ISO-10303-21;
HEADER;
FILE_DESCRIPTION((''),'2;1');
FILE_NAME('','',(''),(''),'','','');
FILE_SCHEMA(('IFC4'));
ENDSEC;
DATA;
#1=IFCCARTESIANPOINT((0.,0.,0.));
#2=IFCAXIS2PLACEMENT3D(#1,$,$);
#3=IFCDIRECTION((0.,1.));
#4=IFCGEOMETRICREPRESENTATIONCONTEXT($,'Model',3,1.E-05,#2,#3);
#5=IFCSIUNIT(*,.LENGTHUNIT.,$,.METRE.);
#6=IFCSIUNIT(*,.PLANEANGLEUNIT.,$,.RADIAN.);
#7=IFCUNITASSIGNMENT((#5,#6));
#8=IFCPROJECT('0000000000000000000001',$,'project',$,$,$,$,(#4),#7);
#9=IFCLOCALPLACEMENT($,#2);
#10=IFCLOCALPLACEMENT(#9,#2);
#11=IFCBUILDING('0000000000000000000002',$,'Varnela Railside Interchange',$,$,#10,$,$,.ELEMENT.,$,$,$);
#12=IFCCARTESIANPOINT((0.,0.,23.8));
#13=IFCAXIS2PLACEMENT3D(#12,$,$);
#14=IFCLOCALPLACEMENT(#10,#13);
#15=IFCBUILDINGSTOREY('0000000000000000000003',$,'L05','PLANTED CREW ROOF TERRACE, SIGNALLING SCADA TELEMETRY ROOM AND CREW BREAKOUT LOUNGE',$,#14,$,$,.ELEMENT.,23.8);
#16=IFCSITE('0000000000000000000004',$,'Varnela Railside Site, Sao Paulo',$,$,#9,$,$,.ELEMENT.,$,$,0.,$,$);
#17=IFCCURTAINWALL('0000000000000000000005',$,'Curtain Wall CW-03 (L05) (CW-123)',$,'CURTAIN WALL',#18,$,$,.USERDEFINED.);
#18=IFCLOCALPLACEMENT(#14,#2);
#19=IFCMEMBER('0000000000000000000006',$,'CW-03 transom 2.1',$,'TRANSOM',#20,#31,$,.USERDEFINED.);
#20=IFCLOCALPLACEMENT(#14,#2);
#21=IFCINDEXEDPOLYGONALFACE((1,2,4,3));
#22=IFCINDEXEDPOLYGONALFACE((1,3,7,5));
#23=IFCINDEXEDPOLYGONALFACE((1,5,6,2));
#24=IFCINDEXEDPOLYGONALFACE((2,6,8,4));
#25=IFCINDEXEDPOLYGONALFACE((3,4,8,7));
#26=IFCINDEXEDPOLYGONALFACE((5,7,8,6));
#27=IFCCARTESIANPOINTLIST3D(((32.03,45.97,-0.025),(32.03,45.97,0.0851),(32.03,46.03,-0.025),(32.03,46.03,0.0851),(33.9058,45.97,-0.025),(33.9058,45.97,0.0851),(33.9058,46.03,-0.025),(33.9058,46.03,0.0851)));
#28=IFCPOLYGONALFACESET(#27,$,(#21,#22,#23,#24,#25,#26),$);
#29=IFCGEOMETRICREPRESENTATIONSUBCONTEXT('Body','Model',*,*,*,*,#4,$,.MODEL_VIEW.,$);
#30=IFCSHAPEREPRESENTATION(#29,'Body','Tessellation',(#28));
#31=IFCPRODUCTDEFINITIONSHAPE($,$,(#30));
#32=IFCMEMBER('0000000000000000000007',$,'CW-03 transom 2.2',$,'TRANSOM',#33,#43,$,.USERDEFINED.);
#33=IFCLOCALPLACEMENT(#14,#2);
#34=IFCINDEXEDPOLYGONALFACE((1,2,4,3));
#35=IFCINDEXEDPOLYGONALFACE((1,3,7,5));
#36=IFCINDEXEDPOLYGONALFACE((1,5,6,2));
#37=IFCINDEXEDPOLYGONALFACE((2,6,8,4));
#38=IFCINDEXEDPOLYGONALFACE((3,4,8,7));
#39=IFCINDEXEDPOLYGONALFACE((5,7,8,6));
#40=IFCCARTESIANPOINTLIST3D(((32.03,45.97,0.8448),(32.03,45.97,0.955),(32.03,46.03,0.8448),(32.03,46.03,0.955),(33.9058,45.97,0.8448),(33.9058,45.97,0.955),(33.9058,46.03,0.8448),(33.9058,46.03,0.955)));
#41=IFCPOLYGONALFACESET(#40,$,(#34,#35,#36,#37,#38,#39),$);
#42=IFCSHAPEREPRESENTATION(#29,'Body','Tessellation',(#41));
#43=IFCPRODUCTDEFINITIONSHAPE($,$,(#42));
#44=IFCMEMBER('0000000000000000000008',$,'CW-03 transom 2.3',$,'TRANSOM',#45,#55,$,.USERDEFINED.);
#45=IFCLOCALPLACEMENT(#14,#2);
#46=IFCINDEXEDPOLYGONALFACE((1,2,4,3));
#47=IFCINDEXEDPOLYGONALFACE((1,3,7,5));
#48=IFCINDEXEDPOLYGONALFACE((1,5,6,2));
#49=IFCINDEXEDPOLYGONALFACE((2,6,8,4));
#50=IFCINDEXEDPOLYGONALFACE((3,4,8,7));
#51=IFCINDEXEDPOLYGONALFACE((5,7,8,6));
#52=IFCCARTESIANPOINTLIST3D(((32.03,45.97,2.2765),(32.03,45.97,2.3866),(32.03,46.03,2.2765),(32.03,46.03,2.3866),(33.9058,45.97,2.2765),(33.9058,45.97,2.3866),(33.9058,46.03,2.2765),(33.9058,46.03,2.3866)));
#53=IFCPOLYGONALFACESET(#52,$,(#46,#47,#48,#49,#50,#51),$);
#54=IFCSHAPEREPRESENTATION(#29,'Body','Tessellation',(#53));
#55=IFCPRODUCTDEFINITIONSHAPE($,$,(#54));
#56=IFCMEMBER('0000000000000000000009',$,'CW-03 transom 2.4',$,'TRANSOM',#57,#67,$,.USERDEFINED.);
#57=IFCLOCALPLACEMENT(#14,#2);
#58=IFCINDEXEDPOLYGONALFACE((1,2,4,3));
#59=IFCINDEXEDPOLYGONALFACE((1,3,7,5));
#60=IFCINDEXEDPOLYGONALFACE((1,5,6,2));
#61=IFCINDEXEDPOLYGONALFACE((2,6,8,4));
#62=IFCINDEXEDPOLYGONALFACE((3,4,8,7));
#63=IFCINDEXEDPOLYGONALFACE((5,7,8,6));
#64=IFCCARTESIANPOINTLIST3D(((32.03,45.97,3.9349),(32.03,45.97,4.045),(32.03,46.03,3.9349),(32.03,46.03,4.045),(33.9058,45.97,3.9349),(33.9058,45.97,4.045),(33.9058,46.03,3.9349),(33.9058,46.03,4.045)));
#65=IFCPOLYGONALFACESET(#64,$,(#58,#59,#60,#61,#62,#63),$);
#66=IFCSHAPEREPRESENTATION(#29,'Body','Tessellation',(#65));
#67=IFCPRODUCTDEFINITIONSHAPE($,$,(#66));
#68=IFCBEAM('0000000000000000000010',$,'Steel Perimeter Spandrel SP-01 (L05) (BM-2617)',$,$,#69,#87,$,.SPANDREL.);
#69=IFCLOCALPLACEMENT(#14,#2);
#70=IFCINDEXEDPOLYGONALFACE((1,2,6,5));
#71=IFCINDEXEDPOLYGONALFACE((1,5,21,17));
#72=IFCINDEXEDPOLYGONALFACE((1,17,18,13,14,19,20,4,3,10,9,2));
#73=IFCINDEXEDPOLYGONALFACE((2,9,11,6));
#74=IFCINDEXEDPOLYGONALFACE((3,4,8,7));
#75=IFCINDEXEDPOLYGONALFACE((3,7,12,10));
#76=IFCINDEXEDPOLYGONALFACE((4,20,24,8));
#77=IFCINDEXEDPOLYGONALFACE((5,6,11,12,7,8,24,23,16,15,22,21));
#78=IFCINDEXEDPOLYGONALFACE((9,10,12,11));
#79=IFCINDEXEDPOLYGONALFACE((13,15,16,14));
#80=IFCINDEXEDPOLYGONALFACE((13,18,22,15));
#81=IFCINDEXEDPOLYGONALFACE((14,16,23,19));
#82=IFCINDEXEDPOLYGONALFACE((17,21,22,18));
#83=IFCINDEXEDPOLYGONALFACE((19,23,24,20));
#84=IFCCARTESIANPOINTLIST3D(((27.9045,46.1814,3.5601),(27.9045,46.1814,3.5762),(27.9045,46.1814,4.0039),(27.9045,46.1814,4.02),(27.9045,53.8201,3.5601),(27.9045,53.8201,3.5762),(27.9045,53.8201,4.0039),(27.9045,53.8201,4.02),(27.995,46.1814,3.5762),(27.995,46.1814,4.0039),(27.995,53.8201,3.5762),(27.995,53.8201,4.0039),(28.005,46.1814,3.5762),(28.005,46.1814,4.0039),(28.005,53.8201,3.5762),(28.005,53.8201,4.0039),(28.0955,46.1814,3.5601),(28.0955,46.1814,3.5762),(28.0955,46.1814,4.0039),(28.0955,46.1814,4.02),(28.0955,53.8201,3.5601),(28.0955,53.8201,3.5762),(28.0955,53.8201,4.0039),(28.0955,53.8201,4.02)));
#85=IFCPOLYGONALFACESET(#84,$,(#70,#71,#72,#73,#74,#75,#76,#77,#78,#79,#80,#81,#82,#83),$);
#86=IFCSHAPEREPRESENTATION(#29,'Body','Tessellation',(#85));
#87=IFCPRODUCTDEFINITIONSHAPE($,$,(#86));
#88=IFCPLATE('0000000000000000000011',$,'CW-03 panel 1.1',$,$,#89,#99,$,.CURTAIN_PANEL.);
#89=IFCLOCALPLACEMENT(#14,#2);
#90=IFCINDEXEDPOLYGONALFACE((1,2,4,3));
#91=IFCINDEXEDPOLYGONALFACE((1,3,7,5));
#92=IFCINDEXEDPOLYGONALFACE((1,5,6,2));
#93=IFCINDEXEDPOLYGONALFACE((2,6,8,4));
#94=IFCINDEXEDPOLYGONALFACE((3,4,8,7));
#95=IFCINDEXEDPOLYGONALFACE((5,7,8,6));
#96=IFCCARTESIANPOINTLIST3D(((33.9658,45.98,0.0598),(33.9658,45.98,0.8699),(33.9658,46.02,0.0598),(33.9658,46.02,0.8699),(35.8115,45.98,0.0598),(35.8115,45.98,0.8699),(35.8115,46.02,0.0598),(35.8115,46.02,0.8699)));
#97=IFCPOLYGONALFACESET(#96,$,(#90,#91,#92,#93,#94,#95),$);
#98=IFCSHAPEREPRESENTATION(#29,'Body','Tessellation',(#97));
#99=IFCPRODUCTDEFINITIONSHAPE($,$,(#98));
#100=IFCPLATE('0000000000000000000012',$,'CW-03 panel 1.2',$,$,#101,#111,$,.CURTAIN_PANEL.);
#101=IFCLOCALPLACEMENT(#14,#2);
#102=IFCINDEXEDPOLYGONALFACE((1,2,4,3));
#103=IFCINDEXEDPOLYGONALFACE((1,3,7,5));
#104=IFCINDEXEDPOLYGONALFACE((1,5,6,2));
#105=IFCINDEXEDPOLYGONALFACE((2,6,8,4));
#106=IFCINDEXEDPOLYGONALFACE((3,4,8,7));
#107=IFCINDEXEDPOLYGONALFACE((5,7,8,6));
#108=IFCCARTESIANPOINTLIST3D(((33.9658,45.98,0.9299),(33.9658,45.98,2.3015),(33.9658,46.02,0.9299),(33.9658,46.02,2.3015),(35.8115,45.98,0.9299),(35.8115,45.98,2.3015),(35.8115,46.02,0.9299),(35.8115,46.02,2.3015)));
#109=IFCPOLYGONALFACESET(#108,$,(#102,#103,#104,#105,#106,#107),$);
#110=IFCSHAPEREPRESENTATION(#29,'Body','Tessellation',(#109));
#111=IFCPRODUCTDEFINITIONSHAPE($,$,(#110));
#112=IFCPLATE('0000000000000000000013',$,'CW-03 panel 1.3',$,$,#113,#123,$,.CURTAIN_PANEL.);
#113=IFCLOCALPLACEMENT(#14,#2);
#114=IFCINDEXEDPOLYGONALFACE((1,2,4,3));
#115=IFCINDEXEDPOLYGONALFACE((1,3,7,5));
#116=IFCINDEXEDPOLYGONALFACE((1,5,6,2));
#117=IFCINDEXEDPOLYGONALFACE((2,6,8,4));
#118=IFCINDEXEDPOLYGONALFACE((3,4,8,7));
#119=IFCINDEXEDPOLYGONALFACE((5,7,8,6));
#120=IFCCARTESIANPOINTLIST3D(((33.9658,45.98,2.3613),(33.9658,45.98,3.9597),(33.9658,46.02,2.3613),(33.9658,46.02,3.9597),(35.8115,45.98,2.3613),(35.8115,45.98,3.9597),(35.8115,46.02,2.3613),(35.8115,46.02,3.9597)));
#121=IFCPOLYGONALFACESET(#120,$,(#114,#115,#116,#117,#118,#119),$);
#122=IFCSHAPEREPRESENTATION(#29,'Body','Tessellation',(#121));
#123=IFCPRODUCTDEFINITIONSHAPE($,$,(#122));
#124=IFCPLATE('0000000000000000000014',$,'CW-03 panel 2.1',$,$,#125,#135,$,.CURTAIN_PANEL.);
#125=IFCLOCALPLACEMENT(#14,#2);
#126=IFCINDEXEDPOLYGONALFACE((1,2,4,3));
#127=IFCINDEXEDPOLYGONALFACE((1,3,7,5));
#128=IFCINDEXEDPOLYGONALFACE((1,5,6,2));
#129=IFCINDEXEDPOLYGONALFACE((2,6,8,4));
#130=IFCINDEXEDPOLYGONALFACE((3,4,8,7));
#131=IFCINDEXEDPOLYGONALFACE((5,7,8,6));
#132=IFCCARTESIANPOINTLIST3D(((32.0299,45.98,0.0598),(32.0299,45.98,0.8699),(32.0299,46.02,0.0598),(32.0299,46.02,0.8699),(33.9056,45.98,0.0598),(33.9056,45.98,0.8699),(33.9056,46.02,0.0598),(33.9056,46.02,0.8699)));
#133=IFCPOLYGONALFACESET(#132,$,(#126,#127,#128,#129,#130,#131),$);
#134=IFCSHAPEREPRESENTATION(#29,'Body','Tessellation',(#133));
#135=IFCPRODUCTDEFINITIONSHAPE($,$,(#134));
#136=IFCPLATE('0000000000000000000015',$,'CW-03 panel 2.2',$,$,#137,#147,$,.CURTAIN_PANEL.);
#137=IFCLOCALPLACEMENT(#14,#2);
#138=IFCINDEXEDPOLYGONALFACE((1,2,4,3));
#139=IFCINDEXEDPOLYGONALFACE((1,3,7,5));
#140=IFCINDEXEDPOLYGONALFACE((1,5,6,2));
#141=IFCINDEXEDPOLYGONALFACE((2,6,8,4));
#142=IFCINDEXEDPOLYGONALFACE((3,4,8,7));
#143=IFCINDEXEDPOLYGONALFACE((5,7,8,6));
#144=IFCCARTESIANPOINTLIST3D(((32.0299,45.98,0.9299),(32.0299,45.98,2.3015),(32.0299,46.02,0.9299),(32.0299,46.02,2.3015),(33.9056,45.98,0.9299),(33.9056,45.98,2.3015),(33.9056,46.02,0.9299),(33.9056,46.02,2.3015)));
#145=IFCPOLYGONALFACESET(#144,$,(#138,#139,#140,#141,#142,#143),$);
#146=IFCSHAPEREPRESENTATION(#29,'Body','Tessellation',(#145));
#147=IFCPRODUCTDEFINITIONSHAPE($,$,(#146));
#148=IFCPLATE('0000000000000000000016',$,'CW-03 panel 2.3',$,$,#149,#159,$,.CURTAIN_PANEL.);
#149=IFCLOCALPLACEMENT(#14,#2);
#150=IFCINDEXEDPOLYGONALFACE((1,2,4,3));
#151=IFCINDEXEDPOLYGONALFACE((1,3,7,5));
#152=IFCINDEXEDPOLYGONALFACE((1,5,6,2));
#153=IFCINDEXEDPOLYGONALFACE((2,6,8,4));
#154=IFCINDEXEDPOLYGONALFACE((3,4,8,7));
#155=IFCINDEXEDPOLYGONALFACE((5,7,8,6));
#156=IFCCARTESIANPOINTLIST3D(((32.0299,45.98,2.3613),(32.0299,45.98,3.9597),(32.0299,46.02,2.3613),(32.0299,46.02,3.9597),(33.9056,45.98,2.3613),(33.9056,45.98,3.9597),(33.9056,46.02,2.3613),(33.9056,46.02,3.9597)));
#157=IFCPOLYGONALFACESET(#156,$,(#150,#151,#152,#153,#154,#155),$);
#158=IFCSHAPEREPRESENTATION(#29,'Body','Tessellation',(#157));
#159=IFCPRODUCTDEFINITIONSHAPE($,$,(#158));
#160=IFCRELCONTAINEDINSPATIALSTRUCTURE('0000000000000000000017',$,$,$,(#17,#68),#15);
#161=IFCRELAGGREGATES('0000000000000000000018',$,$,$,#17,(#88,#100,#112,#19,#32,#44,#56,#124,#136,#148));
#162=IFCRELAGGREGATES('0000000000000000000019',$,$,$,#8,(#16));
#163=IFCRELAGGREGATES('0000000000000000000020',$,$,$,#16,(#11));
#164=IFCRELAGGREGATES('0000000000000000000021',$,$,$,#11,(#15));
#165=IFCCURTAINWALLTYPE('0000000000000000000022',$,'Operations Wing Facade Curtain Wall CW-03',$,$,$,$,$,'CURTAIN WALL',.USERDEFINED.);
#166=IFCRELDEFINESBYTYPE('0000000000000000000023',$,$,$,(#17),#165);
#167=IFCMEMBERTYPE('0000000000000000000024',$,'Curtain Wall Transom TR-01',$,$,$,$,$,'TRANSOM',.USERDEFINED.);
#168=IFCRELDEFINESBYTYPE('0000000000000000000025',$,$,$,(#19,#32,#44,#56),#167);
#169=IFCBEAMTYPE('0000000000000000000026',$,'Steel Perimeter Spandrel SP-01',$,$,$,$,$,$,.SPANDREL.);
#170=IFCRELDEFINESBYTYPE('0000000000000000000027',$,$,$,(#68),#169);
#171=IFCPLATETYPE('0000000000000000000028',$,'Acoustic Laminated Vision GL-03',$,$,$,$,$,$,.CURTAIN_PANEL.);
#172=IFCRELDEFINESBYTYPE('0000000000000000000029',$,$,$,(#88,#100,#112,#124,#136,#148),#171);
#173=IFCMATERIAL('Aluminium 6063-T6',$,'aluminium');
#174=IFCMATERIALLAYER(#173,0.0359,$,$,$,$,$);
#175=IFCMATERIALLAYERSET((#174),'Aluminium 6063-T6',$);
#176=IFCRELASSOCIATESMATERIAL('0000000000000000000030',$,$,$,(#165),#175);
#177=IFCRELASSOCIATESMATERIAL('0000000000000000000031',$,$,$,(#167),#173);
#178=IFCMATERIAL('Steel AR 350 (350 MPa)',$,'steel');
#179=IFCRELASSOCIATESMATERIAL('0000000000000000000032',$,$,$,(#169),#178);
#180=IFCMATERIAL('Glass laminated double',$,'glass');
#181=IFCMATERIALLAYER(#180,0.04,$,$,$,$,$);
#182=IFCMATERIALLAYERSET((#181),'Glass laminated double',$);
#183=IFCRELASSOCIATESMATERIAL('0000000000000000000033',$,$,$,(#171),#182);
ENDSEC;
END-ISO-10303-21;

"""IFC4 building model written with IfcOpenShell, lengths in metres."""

from ifc_helpers import new_model, si_unit, direction, frame, origin, origin_2d, place, context, subcontext, project, spatial, rectangle, i_section, extrude, material, layer, layer_set, material_profile, profile_set, type_object, element, aggregate, save


model = new_model("IFC4")

# Units and contexts
model_context = context("Model", 3, precision=1e-05, world=origin(), true_north=direction((0.0, 1.0)))
body_context = subcontext(model_context, "Body", "Model", "MODEL_VIEW")
ifc_project = project(units=[si_unit("LENGTHUNIT", "METRE"), si_unit("PLANEANGLEUNIT", "RADIAN")], contexts=[model_context])

# Site, building, storey
site_placement = place(None, origin())
site = spatial("IfcSite", under=ifc_project, at=site_placement, Name="Varnela Railside Site, Sao Paulo", CompositionType="ELEMENT", RefElevation=0.0)
building_placement = place(site_placement, origin())
building = spatial("IfcBuilding", under=site, at=building_placement, Name="Varnela Railside Interchange", CompositionType="ELEMENT")
storey_placement = place(building_placement, frame((0.0, 0.0, 23.8)))
storey = spatial("IfcBuildingStorey", under=building, at=storey_placement, Name="L05", Description="PLANTED CREW ROOF TERRACE, SIGNALLING SCADA TELEMETRY ROOM AND CREW BREAKOUT LOUNGE", CompositionType="ELEMENT", Elevation=23.8)

# Shared definitions
ifc_material_1 = material(Name="Steel AR 350 (350 MPa)", Category="steel")

# Curtain wall, members
ifc_material_2 = material(Name="Aluminium 6063-T6", Category="aluminium")
ifc_layer_1 = layer(ifc_material_2, 0.0359)
ifc_layer_set_1 = layer_set([ifc_layer_1], Name="Aluminium 6063-T6")
curtain_wall_type = type_object("IfcCurtainWallType", Name="Operations Wing Facade Curtain Wall CW-03", ElementType="CURTAIN WALL", PredefinedType="USERDEFINED", material=ifc_layer_set_1)
curtain_wall_placement = place(storey_placement, origin())
curtain_wall = element("IfcCurtainWall", 1, at=curtain_wall_placement, inside=storey, type_object=curtain_wall_type, Name="Curtain Wall CW-03 (L05) (CW-123)", ObjectType="CURTAIN WALL", PredefinedType="USERDEFINED")
ifc_material_profile_1 = material_profile(ifc_material_2, rectangle(XDim=0.0601, YDim=0.1101, at=origin_2d()), Name="ALU 60x110")
ifc_profile_set_1 = profile_set([ifc_material_profile_1], Name="Aluminium 6063-T6")
member_type_1 = type_object("IfcMemberType", Name="Curtain Wall Transom TR-01", ElementType="TRANSOM", PredefinedType="USERDEFINED", material=ifc_profile_set_1)
member_1_placement = place(storey_placement, frame((33.9058, 46.0, 0.03), z_axis=(-1.0, 0.0, 0.0), x_axis=(0.0, -1.0, 0.0)))
member_1 = element("IfcMember", 2, at=member_1_placement, type_object=member_type_1, Name="CW-03 transom 2.1", ObjectType="TRANSOM", PredefinedType="USERDEFINED", context=body_context, shape_type="SweptSolid", body=[
    extrude(rectangle(XDim=0.0601, YDim=0.1101, at=origin_2d()), origin(), (0.0, 0.0, 1.0), 1.8757),
])
member_2_placement = place(storey_placement, frame((33.9058, 46.0, 0.8999), z_axis=(-1.0, 0.0, 0.0), x_axis=(0.0, -1.0, 0.0)))
member_2 = element("IfcMember", 3, at=member_2_placement, type_object=member_type_1, Name="CW-03 transom 2.2", ObjectType="TRANSOM", PredefinedType="USERDEFINED", context=body_context, shape_type="SweptSolid", body=[
    extrude(rectangle(XDim=0.0601, YDim=0.1101, at=origin_2d()), origin(), (0.0, 0.0, 1.0), 1.8757),
])
member_3_placement = place(storey_placement, frame((33.9058, 46.0, 2.3315), z_axis=(-1.0, 0.0, 0.0), x_axis=(0.0, -1.0, 0.0)))
member_3 = element("IfcMember", 4, at=member_3_placement, type_object=member_type_1, Name="CW-03 transom 2.3", ObjectType="TRANSOM", PredefinedType="USERDEFINED", context=body_context, shape_type="SweptSolid", body=[
    extrude(rectangle(XDim=0.0601, YDim=0.1101, at=origin_2d()), origin(), (0.0, 0.0, 1.0), 1.8757),
])
member_4_placement = place(storey_placement, frame((33.9058, 46.0, 3.99), z_axis=(-1.0, 0.0, 0.0), x_axis=(0.0, -1.0, 0.0)))
member_4 = element("IfcMember", 5, at=member_4_placement, type_object=member_type_1, Name="CW-03 transom 2.4", ObjectType="TRANSOM", PredefinedType="USERDEFINED", context=body_context, shape_type="SweptSolid", body=[
    extrude(rectangle(XDim=0.0601, YDim=0.1101, at=origin_2d()), origin(), (0.0, 0.0, 1.0), 1.8757),
])

# Beam
ifc_material_profile_2 = material_profile(ifc_material_1, i_section(OverallWidth=0.1909, OverallDepth=0.46, WebThickness=0.01, FlangeThickness=0.0161, at=origin_2d()), Name="W460x82")
ifc_profile_set_2 = profile_set([ifc_material_profile_2], Name="Steel AR 350 (350 MPa)")
beam_type_1 = type_object("IfcBeamType", Name="Steel Perimeter Spandrel SP-01", PredefinedType="SPANDREL", material=ifc_profile_set_2)
beam_placement = place(storey_placement, frame((28.0, 46.1814, 3.79), z_axis=(0.0, 1.0, 0.0), x_axis=(-1.0, 0.0, 0.0)))
element("IfcBeam", 6, at=beam_placement, inside=storey, type_object=beam_type_1, Name="Steel Perimeter Spandrel SP-01 (L05) (BM-2617)", PredefinedType="SPANDREL", context=body_context, shape_type="SweptSolid", body=[
    extrude(i_section(OverallWidth=0.1909, OverallDepth=0.46, WebThickness=0.01, FlangeThickness=0.0161, at=origin_2d()), origin(), (0.0, 0.0, 1.0), 7.6387),
])

# Plates
ifc_material_3 = material(Name="Glass laminated double", Category="glass")
ifc_layer_2 = layer(ifc_material_3, 0.04)
ifc_layer_set_2 = layer_set([ifc_layer_2], Name="Glass laminated double")
plate_type = type_object("IfcPlateType", Name="Acoustic Laminated Vision GL-03", PredefinedType="CURTAIN_PANEL", material=ifc_layer_set_2)
plate_1_placement = place(storey_placement, frame((34.8887, 46.0, 0.0598), z_axis=(0.0, 0.0, 1.0), x_axis=(-1.0, 0.0, 0.0)))
plate_1 = element("IfcPlate", 7, at=plate_1_placement, type_object=plate_type, Name="CW-03 panel 1.1", PredefinedType="CURTAIN_PANEL", context=body_context, shape_type="SweptSolid", body=[
    extrude(rectangle(XDim=1.8457, YDim=0.04, at=origin_2d()), origin(), (0.0, 0.0, 1.0), 0.8101),
])
plate_2_placement = place(storey_placement, frame((34.8887, 46.0, 0.9299), z_axis=(0.0, 0.0, 1.0), x_axis=(-1.0, 0.0, 0.0)))
plate_2 = element("IfcPlate", 8, at=plate_2_placement, type_object=plate_type, Name="CW-03 panel 1.2", PredefinedType="CURTAIN_PANEL", context=body_context, shape_type="SweptSolid", body=[
    extrude(rectangle(XDim=1.8457, YDim=0.04, at=origin_2d()), origin(), (0.0, 0.0, 1.0), 1.3716),
])
plate_3_placement = place(storey_placement, frame((34.8887, 46.0, 2.3613), z_axis=(0.0, 0.0, 1.0), x_axis=(-1.0, 0.0, 0.0)))
plate_3 = element("IfcPlate", 9, at=plate_3_placement, type_object=plate_type, Name="CW-03 panel 1.3", PredefinedType="CURTAIN_PANEL", context=body_context, shape_type="SweptSolid", body=[
    extrude(rectangle(XDim=1.8457, YDim=0.04, at=origin_2d()), origin(), (0.0, 0.0, 1.0), 1.5984),
])
plate_4_placement = place(storey_placement, frame((32.9678, 46.0, 0.0598), z_axis=(0.0, 0.0, 1.0), x_axis=(-1.0, 0.0, 0.0)))
plate_4 = element("IfcPlate", 10, at=plate_4_placement, type_object=plate_type, Name="CW-03 panel 2.1", PredefinedType="CURTAIN_PANEL", context=body_context, shape_type="SweptSolid", body=[
    extrude(rectangle(XDim=1.8757, YDim=0.04, at=origin_2d()), origin(), (0.0, 0.0, 1.0), 0.8101),
])
plate_5_placement = place(storey_placement, frame((32.9678, 46.0, 0.9299), z_axis=(0.0, 0.0, 1.0), x_axis=(-1.0, 0.0, 0.0)))
plate_5 = element("IfcPlate", 11, at=plate_5_placement, type_object=plate_type, Name="CW-03 panel 2.2", PredefinedType="CURTAIN_PANEL", context=body_context, shape_type="SweptSolid", body=[
    extrude(rectangle(XDim=1.8757, YDim=0.04, at=origin_2d()), origin(), (0.0, 0.0, 1.0), 1.3716),
])
plate_6_placement = place(storey_placement, frame((32.9678, 46.0, 2.3613), z_axis=(0.0, 0.0, 1.0), x_axis=(-1.0, 0.0, 0.0)))
plate_6 = element("IfcPlate", 12, at=plate_6_placement, type_object=plate_type, Name="CW-03 panel 2.3", PredefinedType="CURTAIN_PANEL", context=body_context, shape_type="SweptSolid", body=[
    extrude(rectangle(XDim=1.8757, YDim=0.04, at=origin_2d()), origin(), (0.0, 0.0, 1.0), 1.5984),
])
aggregate(curtain_wall, [plate_1, plate_2, plate_3, member_1, member_2, member_3, member_4, plate_4, plate_5, plate_6])

save(model, "model.ifc")
